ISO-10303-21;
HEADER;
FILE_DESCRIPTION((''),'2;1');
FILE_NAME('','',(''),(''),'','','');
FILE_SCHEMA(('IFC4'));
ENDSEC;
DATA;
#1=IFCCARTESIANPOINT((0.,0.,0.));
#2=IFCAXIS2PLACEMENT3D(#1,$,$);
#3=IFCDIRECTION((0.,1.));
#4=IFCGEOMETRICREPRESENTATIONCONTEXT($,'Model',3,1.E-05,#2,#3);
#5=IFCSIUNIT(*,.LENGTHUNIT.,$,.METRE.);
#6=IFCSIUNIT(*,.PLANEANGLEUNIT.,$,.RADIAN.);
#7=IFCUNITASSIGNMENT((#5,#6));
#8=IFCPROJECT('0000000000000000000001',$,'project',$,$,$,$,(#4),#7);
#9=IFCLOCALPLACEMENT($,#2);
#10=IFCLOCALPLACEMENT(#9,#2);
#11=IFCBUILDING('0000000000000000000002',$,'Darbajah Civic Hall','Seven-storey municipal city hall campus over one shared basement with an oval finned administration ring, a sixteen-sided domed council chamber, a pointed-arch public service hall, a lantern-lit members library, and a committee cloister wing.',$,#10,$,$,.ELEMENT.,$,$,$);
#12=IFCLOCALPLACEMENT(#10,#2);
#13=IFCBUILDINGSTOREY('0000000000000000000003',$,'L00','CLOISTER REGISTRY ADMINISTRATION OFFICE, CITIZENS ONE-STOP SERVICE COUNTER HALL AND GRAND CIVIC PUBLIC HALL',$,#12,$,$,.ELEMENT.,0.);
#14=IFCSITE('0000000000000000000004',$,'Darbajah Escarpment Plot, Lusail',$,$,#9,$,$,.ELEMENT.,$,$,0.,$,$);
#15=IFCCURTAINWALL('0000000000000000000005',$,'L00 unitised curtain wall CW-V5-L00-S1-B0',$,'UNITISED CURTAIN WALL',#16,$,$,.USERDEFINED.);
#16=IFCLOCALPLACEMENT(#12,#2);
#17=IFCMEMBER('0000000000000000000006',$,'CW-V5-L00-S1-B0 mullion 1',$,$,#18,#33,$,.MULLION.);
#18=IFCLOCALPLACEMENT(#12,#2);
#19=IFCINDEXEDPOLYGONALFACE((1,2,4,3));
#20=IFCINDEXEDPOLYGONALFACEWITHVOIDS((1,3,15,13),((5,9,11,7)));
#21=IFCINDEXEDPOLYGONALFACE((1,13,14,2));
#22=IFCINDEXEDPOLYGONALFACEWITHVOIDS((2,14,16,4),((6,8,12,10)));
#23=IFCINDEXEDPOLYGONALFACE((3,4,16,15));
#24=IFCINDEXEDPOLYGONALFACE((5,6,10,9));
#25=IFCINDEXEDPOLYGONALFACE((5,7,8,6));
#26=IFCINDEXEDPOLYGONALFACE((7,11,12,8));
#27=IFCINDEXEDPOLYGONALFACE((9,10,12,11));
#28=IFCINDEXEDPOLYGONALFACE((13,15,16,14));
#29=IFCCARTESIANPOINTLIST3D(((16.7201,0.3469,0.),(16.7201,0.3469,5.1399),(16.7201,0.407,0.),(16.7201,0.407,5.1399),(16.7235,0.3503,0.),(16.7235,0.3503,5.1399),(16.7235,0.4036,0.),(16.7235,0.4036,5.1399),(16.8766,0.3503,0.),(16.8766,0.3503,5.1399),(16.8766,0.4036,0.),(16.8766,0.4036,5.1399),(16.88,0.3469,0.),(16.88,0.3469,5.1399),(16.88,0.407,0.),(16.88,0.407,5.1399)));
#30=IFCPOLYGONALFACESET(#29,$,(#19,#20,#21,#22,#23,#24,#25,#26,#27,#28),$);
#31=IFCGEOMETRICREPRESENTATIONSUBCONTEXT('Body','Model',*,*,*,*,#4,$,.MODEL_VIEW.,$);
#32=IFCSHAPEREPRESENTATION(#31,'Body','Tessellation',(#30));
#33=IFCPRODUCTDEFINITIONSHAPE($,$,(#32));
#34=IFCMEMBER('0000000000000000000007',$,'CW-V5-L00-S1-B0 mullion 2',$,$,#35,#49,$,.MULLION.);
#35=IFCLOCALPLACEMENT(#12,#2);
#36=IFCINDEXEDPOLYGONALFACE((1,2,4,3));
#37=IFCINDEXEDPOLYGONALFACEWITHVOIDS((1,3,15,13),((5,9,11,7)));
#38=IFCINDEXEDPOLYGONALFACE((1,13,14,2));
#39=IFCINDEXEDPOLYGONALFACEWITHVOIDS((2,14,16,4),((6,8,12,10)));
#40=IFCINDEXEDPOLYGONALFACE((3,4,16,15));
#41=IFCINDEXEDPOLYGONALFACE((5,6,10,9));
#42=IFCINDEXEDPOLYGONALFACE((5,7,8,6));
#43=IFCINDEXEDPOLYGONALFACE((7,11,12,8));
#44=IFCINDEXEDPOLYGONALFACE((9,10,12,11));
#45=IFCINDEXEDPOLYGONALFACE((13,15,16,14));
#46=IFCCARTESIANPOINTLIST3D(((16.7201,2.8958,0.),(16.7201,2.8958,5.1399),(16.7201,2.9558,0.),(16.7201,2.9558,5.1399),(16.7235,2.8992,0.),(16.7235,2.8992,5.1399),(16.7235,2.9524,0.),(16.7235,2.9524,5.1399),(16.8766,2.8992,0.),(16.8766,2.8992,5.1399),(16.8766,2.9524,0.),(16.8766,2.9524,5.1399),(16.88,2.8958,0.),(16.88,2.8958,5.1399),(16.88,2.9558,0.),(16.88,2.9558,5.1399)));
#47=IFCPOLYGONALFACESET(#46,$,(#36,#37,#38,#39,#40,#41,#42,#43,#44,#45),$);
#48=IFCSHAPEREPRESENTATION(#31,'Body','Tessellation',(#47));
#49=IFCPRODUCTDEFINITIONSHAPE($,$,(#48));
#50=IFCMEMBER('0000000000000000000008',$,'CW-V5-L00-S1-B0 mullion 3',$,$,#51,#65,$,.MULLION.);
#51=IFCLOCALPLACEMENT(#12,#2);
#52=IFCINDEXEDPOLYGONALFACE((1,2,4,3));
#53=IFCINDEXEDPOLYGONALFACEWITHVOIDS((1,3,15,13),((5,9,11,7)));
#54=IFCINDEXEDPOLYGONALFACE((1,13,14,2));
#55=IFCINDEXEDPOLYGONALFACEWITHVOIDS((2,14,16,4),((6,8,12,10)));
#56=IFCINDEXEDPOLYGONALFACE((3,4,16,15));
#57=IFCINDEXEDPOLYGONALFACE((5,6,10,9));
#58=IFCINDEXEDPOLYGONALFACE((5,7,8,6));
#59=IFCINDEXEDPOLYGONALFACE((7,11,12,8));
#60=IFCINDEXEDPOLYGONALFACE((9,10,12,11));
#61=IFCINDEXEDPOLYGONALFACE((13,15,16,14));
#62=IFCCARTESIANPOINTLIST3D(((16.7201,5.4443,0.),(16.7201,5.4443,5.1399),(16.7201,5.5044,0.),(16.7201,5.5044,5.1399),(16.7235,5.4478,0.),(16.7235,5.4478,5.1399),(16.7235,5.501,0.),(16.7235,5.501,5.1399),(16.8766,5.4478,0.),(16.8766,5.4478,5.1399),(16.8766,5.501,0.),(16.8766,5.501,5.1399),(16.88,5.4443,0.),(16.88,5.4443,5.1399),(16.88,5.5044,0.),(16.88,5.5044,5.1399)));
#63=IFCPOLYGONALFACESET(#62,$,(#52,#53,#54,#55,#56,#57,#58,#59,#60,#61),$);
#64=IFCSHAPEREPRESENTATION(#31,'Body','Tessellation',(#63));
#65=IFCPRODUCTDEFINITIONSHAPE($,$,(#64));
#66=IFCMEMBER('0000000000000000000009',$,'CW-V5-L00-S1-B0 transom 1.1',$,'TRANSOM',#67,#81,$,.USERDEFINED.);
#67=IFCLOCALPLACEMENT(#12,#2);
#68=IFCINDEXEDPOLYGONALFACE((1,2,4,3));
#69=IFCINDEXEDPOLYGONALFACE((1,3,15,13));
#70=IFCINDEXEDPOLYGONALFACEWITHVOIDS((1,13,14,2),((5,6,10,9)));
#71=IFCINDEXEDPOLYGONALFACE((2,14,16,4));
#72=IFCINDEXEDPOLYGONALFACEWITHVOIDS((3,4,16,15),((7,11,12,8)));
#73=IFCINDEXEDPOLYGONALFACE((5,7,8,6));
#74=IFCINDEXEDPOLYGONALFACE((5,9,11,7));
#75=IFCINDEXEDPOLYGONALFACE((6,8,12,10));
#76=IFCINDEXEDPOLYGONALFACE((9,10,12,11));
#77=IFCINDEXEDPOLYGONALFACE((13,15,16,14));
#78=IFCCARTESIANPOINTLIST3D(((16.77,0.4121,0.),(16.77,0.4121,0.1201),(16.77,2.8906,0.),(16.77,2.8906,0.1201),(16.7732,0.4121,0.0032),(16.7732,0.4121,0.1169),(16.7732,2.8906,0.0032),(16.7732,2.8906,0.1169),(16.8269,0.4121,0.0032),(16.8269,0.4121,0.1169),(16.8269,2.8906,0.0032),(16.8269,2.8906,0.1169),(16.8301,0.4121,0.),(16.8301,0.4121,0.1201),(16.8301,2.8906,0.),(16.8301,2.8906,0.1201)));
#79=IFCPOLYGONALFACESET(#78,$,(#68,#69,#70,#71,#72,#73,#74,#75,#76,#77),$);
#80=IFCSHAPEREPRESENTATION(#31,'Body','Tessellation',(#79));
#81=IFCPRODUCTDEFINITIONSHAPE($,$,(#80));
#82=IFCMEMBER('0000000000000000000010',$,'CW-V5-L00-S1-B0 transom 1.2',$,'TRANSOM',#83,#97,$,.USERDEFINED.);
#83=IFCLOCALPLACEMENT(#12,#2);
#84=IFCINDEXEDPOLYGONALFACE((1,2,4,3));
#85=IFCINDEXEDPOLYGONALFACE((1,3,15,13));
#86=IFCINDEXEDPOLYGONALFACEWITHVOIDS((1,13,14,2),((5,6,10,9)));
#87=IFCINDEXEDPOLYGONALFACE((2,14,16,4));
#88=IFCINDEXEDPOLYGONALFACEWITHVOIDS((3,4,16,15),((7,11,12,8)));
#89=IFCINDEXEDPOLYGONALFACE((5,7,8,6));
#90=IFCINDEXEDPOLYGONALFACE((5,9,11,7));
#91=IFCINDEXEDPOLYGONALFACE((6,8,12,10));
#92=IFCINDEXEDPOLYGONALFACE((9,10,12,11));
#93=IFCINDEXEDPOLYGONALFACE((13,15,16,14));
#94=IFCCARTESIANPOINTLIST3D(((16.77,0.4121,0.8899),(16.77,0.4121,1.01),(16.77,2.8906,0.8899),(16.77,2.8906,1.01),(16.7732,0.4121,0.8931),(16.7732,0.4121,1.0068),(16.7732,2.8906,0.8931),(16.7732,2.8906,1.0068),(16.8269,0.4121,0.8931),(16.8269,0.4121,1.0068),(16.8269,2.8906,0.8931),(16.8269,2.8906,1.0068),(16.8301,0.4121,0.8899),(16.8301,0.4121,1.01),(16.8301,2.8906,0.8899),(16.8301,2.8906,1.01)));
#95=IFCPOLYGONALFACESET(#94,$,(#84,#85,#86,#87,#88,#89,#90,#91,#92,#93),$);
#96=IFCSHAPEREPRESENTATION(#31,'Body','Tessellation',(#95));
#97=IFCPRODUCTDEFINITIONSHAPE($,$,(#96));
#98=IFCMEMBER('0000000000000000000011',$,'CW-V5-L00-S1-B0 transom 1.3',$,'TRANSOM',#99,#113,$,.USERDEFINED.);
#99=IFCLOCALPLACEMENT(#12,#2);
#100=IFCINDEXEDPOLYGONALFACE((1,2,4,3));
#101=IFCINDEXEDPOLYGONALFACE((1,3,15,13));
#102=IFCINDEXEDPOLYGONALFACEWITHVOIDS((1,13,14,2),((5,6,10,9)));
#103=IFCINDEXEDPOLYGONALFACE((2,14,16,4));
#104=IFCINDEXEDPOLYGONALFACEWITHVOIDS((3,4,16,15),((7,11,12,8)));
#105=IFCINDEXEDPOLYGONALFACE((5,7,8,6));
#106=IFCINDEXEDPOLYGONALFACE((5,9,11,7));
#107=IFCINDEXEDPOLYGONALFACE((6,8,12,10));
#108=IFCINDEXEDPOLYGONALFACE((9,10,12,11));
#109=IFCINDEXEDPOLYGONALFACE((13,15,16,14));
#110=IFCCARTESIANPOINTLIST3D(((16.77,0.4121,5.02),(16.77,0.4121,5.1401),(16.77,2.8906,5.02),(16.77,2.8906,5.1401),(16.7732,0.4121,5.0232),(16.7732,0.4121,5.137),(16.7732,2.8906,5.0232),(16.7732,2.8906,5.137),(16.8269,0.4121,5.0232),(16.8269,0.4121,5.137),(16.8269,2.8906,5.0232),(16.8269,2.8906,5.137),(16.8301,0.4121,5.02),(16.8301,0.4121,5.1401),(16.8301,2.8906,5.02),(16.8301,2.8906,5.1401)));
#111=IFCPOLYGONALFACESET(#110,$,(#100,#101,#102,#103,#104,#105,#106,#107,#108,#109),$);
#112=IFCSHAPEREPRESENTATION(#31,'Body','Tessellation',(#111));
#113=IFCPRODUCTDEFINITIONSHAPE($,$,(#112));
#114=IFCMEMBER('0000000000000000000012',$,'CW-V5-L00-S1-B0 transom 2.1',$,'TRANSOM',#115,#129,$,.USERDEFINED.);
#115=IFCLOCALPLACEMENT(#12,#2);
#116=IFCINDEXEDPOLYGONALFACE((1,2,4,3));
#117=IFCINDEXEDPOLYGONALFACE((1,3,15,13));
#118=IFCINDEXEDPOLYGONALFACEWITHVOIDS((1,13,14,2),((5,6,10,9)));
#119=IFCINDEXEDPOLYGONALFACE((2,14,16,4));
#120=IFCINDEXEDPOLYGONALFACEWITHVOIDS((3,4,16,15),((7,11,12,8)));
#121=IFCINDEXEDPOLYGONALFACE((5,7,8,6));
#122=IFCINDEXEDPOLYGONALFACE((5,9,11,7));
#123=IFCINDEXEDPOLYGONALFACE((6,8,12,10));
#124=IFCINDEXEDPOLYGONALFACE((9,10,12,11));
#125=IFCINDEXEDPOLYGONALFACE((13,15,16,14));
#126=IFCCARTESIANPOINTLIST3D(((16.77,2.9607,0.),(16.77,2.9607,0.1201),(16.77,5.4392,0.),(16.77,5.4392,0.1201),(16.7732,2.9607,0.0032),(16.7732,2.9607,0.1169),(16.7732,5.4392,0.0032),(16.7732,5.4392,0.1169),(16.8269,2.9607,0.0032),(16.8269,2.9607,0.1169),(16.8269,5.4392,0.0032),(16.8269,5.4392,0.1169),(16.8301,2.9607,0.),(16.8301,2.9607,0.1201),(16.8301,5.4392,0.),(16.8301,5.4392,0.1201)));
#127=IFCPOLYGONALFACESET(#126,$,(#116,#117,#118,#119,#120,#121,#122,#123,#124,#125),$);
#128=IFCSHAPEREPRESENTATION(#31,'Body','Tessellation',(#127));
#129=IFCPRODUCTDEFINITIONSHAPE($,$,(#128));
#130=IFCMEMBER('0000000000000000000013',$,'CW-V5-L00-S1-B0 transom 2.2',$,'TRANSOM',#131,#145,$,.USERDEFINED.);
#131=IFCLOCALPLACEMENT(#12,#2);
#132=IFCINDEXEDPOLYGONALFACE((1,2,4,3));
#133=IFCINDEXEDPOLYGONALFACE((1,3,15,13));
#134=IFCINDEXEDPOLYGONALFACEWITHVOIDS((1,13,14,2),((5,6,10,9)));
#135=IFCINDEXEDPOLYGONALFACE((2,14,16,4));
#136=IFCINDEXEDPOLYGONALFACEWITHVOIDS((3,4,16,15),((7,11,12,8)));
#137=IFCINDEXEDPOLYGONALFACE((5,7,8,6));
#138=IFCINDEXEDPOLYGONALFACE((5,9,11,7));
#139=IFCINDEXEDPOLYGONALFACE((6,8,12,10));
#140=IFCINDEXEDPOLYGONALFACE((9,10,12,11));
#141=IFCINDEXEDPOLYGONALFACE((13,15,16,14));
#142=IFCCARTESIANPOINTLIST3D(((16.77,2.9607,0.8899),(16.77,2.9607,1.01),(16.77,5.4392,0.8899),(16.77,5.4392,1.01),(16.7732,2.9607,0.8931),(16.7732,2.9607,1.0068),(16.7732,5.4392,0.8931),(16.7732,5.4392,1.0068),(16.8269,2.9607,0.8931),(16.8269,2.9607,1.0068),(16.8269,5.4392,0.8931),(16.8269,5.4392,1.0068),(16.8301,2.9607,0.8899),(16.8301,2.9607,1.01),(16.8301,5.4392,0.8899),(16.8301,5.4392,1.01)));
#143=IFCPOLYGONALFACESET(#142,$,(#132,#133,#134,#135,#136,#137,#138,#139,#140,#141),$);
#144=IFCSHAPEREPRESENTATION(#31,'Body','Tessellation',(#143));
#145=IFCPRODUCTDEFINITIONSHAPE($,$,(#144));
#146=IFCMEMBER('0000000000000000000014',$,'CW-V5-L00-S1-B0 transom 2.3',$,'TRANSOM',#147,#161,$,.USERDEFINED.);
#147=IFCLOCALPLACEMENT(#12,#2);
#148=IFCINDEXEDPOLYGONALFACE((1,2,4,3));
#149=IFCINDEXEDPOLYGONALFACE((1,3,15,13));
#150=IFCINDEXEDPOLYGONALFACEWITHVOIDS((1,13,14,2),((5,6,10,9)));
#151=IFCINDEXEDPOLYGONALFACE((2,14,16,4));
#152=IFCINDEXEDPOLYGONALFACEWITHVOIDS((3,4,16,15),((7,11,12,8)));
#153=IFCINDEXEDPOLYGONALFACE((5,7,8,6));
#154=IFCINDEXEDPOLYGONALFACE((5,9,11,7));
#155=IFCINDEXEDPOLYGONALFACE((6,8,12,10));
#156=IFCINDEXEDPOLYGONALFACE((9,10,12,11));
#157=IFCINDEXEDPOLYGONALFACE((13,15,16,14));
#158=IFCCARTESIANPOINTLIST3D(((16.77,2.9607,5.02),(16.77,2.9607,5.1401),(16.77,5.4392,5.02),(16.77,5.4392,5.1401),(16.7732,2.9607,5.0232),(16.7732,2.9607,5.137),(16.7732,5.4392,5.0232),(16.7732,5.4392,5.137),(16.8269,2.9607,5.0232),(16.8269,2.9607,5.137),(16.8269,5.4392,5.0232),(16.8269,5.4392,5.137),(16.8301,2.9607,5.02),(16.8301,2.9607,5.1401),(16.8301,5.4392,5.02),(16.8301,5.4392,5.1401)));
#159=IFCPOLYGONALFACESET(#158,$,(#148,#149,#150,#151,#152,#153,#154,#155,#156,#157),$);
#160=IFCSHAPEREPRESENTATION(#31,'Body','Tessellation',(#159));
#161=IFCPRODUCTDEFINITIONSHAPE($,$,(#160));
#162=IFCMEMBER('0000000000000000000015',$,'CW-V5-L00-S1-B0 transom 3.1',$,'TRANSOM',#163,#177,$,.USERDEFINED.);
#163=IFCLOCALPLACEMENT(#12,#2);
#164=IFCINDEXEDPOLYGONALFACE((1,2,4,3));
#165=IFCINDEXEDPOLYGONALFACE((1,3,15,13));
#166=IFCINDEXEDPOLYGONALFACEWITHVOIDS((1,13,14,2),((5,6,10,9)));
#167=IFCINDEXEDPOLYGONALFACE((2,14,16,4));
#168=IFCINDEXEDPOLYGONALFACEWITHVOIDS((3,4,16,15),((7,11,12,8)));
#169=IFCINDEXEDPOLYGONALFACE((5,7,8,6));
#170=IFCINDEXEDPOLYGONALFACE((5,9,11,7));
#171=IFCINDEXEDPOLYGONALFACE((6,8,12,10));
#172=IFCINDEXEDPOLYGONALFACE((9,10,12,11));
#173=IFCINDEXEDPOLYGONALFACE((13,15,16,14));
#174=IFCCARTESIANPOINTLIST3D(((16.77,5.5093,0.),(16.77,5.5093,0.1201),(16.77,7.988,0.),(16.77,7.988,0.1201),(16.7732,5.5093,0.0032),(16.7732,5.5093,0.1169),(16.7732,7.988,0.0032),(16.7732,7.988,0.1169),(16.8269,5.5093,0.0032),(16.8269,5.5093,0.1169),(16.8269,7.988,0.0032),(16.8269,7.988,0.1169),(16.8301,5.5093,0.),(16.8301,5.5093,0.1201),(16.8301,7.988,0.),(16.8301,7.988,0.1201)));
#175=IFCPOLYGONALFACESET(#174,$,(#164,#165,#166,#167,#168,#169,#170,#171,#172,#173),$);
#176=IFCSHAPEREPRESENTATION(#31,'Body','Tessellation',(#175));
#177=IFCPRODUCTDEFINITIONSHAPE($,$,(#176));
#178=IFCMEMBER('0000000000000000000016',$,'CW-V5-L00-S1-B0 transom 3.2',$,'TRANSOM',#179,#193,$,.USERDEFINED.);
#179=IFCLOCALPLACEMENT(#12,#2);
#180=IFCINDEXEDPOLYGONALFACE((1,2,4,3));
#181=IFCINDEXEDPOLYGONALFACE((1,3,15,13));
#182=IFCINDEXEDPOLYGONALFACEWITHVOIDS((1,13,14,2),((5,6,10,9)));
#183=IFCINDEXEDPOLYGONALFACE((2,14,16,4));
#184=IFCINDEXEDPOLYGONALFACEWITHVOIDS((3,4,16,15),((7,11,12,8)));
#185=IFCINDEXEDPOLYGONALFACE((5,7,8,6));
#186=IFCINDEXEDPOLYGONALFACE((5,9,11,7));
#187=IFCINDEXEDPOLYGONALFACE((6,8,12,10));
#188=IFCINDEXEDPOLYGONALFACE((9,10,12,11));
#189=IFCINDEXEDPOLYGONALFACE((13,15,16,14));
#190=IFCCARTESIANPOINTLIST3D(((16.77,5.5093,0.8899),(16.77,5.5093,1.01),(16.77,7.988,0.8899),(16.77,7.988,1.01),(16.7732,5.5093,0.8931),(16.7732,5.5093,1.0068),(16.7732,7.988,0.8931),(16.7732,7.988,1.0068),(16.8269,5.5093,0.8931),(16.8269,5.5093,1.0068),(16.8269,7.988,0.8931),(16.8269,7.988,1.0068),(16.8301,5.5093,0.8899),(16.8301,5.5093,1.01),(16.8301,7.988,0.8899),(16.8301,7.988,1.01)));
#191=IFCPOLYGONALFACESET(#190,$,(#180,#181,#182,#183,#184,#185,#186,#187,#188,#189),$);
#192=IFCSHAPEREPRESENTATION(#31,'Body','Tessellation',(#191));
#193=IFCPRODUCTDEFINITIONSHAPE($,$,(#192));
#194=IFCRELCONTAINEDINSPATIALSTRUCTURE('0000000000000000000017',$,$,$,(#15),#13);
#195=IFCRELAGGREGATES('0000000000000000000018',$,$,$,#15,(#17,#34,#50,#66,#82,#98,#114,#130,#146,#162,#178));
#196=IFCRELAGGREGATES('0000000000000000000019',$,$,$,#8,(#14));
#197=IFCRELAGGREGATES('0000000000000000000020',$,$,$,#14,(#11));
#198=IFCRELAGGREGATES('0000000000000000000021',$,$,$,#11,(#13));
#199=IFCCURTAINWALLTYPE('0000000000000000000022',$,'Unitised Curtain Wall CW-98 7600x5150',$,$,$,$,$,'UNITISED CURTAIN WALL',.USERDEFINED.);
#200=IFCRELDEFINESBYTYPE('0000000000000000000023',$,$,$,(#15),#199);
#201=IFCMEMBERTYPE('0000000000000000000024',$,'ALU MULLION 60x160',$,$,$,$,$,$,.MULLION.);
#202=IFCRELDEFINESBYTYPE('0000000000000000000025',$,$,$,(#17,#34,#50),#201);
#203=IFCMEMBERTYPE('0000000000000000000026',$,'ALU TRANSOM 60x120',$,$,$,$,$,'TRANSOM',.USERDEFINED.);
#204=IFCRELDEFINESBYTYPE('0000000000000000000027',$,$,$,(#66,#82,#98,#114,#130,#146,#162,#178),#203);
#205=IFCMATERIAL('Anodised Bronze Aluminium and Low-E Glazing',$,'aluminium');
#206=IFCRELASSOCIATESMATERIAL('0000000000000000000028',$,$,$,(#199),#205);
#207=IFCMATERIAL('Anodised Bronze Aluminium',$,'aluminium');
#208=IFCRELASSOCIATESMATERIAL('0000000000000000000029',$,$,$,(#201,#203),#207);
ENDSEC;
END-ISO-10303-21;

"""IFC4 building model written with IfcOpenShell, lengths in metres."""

from ifc_helpers import new_model, si_unit, direction, frame, origin, origin_2d, place, context, subcontext, project, spatial, hollow_rectangle, extrude, material, material_profile, profile_set, type_object, element, aggregate, save


model = new_model("IFC4")

# Units and contexts
model_context = context("Model", 3, precision=1e-05, world=origin(), true_north=direction((0.0, 1.0)))
body_context = subcontext(model_context, "Body", "Model", "MODEL_VIEW")
ifc_project = project(units=[si_unit("LENGTHUNIT", "METRE"), si_unit("PLANEANGLEUNIT", "RADIAN")], contexts=[model_context])

# Site, building, storey
site_placement = place(None, origin())
site = spatial("IfcSite", under=ifc_project, at=site_placement, Name="Darbajah Escarpment Plot, Lusail", CompositionType="ELEMENT", RefElevation=0.0)
building_placement = place(site_placement, origin())
building = spatial("IfcBuilding", under=site, at=building_placement, Name="Darbajah Civic Hall", Description="Seven-storey municipal city hall campus over one shared basement with an oval finned administration ring, a sixteen-sided domed council chamber, a pointed-arch public service hall, a lantern-lit members library, and a committee cloister wing.", CompositionType="ELEMENT")
storey_placement = place(building_placement, origin())
storey = spatial("IfcBuildingStorey", under=building, at=storey_placement, Name="L00", Description="CLOISTER REGISTRY ADMINISTRATION OFFICE, CITIZENS ONE-STOP SERVICE COUNTER HALL AND GRAND CIVIC PUBLIC HALL", CompositionType="ELEMENT", Elevation=0.0)

# Curtain wall, members
ifc_material_1 = material(Name="Anodised Bronze Aluminium and Low-E Glazing", Category="aluminium")
curtain_wall_type = type_object("IfcCurtainWallType", Name="Unitised Curtain Wall CW-98 7600x5150", ElementType="UNITISED CURTAIN WALL", PredefinedType="USERDEFINED", material=ifc_material_1)
curtain_wall_placement = place(storey_placement, origin())
curtain_wall = element("IfcCurtainWall", 1, at=curtain_wall_placement, inside=storey, type_object=curtain_wall_type, Name="L00 unitised curtain wall CW-V5-L00-S1-B0", ObjectType="UNITISED CURTAIN WALL", PredefinedType="USERDEFINED")
ifc_material_2 = material(Name="Anodised Bronze Aluminium", Category="aluminium")
ifc_material_profile_1 = material_profile(ifc_material_2, hollow_rectangle(XDim=0.0601, YDim=0.1599, WallThickness=0.0034, at=origin_2d()), Name="ALU MULLION 60x160")
ifc_profile_set_1 = profile_set([ifc_material_profile_1], Name="Anodised Bronze Aluminium")
member_type_1 = type_object("IfcMemberType", Name="ALU MULLION 60x160", PredefinedType="MULLION", material=ifc_profile_set_1)
member_1_placement = place(storey_placement, frame((16.8, 0.377, 0.0), z_axis=(0.0, 0.0, 1.0), x_axis=(0.0, 1.0, 0.0)))
member_1 = element("IfcMember", 2, at=member_1_placement, type_object=member_type_1, Name="CW-V5-L00-S1-B0 mullion 1", PredefinedType="MULLION", context=body_context, shape_type="SweptSolid", body=[
    extrude(hollow_rectangle(XDim=0.0601, YDim=0.1599, WallThickness=0.0034, at=origin_2d()), origin(), (0.0, 0.0, 1.0), 5.1399),
])
member_2_placement = place(storey_placement, frame((16.8, 2.9258, 0.0), z_axis=(0.0, 0.0, 1.0), x_axis=(0.0, 1.0, 0.0)))
member_2 = element("IfcMember", 3, at=member_2_placement, type_object=member_type_1, Name="CW-V5-L00-S1-B0 mullion 2", PredefinedType="MULLION", context=body_context, shape_type="SweptSolid", body=[
    extrude(hollow_rectangle(XDim=0.0601, YDim=0.1599, WallThickness=0.0034, at=origin_2d()), origin(), (0.0, 0.0, 1.0), 5.1399),
])
member_3_placement = place(storey_placement, frame((16.8, 5.4744, 0.0), z_axis=(0.0, 0.0, 1.0), x_axis=(0.0, 1.0, 0.0)))
member_3 = element("IfcMember", 4, at=member_3_placement, type_object=member_type_1, Name="CW-V5-L00-S1-B0 mullion 3", PredefinedType="MULLION", context=body_context, shape_type="SweptSolid", body=[
    extrude(hollow_rectangle(XDim=0.0601, YDim=0.1599, WallThickness=0.0034, at=origin_2d()), origin(), (0.0, 0.0, 1.0), 5.1399),
])
ifc_material_profile_2 = material_profile(ifc_material_2, hollow_rectangle(XDim=0.0601, YDim=0.1201, WallThickness=0.0032, at=origin_2d()), Name="ALU TRANSOM 60x120")
ifc_profile_set_2 = profile_set([ifc_material_profile_2], Name="Anodised Bronze Aluminium")
member_type_2 = type_object("IfcMemberType", Name="ALU TRANSOM 60x120", ElementType="TRANSOM", PredefinedType="USERDEFINED", material=ifc_profile_set_2)
member_4_placement = place(storey_placement, frame((16.8, 0.4121, 0.0601), z_axis=(0.0, 1.0, 0.0), x_axis=(-1.0, 0.0, 0.0)))
member_4 = element("IfcMember", 5, at=member_4_placement, type_object=member_type_2, Name="CW-V5-L00-S1-B0 transom 1.1", ObjectType="TRANSOM", PredefinedType="USERDEFINED", context=body_context, shape_type="SweptSolid", body=[
    extrude(hollow_rectangle(XDim=0.0601, YDim=0.1201, WallThickness=0.0032, at=origin_2d()), origin(), (0.0, 0.0, 1.0), 2.4785),
])
member_5_placement = place(storey_placement, frame((16.8, 0.4121, 0.95), z_axis=(0.0, 1.0, 0.0), x_axis=(-1.0, 0.0, 0.0)))
member_5 = element("IfcMember", 6, at=member_5_placement, type_object=member_type_2, Name="CW-V5-L00-S1-B0 transom 1.2", ObjectType="TRANSOM", PredefinedType="USERDEFINED", context=body_context, shape_type="SweptSolid", body=[
    extrude(hollow_rectangle(XDim=0.0601, YDim=0.1201, WallThickness=0.0032, at=origin_2d()), origin(), (0.0, 0.0, 1.0), 2.4785),
])
member_6_placement = place(storey_placement, frame((16.8, 0.4121, 5.0801), z_axis=(0.0, 1.0, 0.0), x_axis=(-1.0, 0.0, 0.0)))
member_6 = element("IfcMember", 7, at=member_6_placement, type_object=member_type_2, Name="CW-V5-L00-S1-B0 transom 1.3", ObjectType="TRANSOM", PredefinedType="USERDEFINED", context=body_context, shape_type="SweptSolid", body=[
    extrude(hollow_rectangle(XDim=0.0601, YDim=0.1201, WallThickness=0.0032, at=origin_2d()), origin(), (0.0, 0.0, 1.0), 2.4785),
])
member_7_placement = place(storey_placement, frame((16.8, 2.9607, 0.0601), z_axis=(0.0, 1.0, 0.0), x_axis=(-1.0, 0.0, 0.0)))
member_7 = element("IfcMember", 8, at=member_7_placement, type_object=member_type_2, Name="CW-V5-L00-S1-B0 transom 2.1", ObjectType="TRANSOM", PredefinedType="USERDEFINED", context=body_context, shape_type="SweptSolid", body=[
    extrude(hollow_rectangle(XDim=0.0601, YDim=0.1201, WallThickness=0.0032, at=origin_2d()), origin(), (0.0, 0.0, 1.0), 2.4785),
])
member_8_placement = place(storey_placement, frame((16.8, 2.9607, 0.95), z_axis=(0.0, 1.0, 0.0), x_axis=(-1.0, 0.0, 0.0)))
member_8 = element("IfcMember", 9, at=member_8_placement, type_object=member_type_2, Name="CW-V5-L00-S1-B0 transom 2.2", ObjectType="TRANSOM", PredefinedType="USERDEFINED", context=body_context, shape_type="SweptSolid", body=[
    extrude(hollow_rectangle(XDim=0.0601, YDim=0.1201, WallThickness=0.0032, at=origin_2d()), origin(), (0.0, 0.0, 1.0), 2.4785),
])
member_9_placement = place(storey_placement, frame((16.8, 2.9607, 5.0801), z_axis=(0.0, 1.0, 0.0), x_axis=(-1.0, 0.0, 0.0)))
member_9 = element("IfcMember", 10, at=member_9_placement, type_object=member_type_2, Name="CW-V5-L00-S1-B0 transom 2.3", ObjectType="TRANSOM", PredefinedType="USERDEFINED", context=body_context, shape_type="SweptSolid", body=[
    extrude(hollow_rectangle(XDim=0.0601, YDim=0.1201, WallThickness=0.0032, at=origin_2d()), origin(), (0.0, 0.0, 1.0), 2.4785),
])
member_10_placement = place(storey_placement, frame((16.8, 5.5093, 0.0601), z_axis=(0.0, 1.0, 0.0), x_axis=(-1.0, 0.0, 0.0)))
member_10 = element("IfcMember", 11, at=member_10_placement, type_object=member_type_2, Name="CW-V5-L00-S1-B0 transom 3.1", ObjectType="TRANSOM", PredefinedType="USERDEFINED", context=body_context, shape_type="SweptSolid", body=[
    extrude(hollow_rectangle(XDim=0.0601, YDim=0.1201, WallThickness=0.0032, at=origin_2d()), origin(), (0.0, 0.0, 1.0), 2.4788),
])
member_11_placement = place(storey_placement, frame((16.8, 5.5093, 0.95), z_axis=(0.0, 1.0, 0.0), x_axis=(-1.0, 0.0, 0.0)))
member_11 = element("IfcMember", 12, at=member_11_placement, type_object=member_type_2, Name="CW-V5-L00-S1-B0 transom 3.2", ObjectType="TRANSOM", PredefinedType="USERDEFINED", context=body_context, shape_type="SweptSolid", body=[
    extrude(hollow_rectangle(XDim=0.0601, YDim=0.1201, WallThickness=0.0032, at=origin_2d()), origin(), (0.0, 0.0, 1.0), 2.4788),
])

aggregate(curtain_wall, [member_1, member_2, member_3, member_4, member_5, member_6, member_7, member_8, member_9, member_10, member_11])

save(model, "model.ifc")
